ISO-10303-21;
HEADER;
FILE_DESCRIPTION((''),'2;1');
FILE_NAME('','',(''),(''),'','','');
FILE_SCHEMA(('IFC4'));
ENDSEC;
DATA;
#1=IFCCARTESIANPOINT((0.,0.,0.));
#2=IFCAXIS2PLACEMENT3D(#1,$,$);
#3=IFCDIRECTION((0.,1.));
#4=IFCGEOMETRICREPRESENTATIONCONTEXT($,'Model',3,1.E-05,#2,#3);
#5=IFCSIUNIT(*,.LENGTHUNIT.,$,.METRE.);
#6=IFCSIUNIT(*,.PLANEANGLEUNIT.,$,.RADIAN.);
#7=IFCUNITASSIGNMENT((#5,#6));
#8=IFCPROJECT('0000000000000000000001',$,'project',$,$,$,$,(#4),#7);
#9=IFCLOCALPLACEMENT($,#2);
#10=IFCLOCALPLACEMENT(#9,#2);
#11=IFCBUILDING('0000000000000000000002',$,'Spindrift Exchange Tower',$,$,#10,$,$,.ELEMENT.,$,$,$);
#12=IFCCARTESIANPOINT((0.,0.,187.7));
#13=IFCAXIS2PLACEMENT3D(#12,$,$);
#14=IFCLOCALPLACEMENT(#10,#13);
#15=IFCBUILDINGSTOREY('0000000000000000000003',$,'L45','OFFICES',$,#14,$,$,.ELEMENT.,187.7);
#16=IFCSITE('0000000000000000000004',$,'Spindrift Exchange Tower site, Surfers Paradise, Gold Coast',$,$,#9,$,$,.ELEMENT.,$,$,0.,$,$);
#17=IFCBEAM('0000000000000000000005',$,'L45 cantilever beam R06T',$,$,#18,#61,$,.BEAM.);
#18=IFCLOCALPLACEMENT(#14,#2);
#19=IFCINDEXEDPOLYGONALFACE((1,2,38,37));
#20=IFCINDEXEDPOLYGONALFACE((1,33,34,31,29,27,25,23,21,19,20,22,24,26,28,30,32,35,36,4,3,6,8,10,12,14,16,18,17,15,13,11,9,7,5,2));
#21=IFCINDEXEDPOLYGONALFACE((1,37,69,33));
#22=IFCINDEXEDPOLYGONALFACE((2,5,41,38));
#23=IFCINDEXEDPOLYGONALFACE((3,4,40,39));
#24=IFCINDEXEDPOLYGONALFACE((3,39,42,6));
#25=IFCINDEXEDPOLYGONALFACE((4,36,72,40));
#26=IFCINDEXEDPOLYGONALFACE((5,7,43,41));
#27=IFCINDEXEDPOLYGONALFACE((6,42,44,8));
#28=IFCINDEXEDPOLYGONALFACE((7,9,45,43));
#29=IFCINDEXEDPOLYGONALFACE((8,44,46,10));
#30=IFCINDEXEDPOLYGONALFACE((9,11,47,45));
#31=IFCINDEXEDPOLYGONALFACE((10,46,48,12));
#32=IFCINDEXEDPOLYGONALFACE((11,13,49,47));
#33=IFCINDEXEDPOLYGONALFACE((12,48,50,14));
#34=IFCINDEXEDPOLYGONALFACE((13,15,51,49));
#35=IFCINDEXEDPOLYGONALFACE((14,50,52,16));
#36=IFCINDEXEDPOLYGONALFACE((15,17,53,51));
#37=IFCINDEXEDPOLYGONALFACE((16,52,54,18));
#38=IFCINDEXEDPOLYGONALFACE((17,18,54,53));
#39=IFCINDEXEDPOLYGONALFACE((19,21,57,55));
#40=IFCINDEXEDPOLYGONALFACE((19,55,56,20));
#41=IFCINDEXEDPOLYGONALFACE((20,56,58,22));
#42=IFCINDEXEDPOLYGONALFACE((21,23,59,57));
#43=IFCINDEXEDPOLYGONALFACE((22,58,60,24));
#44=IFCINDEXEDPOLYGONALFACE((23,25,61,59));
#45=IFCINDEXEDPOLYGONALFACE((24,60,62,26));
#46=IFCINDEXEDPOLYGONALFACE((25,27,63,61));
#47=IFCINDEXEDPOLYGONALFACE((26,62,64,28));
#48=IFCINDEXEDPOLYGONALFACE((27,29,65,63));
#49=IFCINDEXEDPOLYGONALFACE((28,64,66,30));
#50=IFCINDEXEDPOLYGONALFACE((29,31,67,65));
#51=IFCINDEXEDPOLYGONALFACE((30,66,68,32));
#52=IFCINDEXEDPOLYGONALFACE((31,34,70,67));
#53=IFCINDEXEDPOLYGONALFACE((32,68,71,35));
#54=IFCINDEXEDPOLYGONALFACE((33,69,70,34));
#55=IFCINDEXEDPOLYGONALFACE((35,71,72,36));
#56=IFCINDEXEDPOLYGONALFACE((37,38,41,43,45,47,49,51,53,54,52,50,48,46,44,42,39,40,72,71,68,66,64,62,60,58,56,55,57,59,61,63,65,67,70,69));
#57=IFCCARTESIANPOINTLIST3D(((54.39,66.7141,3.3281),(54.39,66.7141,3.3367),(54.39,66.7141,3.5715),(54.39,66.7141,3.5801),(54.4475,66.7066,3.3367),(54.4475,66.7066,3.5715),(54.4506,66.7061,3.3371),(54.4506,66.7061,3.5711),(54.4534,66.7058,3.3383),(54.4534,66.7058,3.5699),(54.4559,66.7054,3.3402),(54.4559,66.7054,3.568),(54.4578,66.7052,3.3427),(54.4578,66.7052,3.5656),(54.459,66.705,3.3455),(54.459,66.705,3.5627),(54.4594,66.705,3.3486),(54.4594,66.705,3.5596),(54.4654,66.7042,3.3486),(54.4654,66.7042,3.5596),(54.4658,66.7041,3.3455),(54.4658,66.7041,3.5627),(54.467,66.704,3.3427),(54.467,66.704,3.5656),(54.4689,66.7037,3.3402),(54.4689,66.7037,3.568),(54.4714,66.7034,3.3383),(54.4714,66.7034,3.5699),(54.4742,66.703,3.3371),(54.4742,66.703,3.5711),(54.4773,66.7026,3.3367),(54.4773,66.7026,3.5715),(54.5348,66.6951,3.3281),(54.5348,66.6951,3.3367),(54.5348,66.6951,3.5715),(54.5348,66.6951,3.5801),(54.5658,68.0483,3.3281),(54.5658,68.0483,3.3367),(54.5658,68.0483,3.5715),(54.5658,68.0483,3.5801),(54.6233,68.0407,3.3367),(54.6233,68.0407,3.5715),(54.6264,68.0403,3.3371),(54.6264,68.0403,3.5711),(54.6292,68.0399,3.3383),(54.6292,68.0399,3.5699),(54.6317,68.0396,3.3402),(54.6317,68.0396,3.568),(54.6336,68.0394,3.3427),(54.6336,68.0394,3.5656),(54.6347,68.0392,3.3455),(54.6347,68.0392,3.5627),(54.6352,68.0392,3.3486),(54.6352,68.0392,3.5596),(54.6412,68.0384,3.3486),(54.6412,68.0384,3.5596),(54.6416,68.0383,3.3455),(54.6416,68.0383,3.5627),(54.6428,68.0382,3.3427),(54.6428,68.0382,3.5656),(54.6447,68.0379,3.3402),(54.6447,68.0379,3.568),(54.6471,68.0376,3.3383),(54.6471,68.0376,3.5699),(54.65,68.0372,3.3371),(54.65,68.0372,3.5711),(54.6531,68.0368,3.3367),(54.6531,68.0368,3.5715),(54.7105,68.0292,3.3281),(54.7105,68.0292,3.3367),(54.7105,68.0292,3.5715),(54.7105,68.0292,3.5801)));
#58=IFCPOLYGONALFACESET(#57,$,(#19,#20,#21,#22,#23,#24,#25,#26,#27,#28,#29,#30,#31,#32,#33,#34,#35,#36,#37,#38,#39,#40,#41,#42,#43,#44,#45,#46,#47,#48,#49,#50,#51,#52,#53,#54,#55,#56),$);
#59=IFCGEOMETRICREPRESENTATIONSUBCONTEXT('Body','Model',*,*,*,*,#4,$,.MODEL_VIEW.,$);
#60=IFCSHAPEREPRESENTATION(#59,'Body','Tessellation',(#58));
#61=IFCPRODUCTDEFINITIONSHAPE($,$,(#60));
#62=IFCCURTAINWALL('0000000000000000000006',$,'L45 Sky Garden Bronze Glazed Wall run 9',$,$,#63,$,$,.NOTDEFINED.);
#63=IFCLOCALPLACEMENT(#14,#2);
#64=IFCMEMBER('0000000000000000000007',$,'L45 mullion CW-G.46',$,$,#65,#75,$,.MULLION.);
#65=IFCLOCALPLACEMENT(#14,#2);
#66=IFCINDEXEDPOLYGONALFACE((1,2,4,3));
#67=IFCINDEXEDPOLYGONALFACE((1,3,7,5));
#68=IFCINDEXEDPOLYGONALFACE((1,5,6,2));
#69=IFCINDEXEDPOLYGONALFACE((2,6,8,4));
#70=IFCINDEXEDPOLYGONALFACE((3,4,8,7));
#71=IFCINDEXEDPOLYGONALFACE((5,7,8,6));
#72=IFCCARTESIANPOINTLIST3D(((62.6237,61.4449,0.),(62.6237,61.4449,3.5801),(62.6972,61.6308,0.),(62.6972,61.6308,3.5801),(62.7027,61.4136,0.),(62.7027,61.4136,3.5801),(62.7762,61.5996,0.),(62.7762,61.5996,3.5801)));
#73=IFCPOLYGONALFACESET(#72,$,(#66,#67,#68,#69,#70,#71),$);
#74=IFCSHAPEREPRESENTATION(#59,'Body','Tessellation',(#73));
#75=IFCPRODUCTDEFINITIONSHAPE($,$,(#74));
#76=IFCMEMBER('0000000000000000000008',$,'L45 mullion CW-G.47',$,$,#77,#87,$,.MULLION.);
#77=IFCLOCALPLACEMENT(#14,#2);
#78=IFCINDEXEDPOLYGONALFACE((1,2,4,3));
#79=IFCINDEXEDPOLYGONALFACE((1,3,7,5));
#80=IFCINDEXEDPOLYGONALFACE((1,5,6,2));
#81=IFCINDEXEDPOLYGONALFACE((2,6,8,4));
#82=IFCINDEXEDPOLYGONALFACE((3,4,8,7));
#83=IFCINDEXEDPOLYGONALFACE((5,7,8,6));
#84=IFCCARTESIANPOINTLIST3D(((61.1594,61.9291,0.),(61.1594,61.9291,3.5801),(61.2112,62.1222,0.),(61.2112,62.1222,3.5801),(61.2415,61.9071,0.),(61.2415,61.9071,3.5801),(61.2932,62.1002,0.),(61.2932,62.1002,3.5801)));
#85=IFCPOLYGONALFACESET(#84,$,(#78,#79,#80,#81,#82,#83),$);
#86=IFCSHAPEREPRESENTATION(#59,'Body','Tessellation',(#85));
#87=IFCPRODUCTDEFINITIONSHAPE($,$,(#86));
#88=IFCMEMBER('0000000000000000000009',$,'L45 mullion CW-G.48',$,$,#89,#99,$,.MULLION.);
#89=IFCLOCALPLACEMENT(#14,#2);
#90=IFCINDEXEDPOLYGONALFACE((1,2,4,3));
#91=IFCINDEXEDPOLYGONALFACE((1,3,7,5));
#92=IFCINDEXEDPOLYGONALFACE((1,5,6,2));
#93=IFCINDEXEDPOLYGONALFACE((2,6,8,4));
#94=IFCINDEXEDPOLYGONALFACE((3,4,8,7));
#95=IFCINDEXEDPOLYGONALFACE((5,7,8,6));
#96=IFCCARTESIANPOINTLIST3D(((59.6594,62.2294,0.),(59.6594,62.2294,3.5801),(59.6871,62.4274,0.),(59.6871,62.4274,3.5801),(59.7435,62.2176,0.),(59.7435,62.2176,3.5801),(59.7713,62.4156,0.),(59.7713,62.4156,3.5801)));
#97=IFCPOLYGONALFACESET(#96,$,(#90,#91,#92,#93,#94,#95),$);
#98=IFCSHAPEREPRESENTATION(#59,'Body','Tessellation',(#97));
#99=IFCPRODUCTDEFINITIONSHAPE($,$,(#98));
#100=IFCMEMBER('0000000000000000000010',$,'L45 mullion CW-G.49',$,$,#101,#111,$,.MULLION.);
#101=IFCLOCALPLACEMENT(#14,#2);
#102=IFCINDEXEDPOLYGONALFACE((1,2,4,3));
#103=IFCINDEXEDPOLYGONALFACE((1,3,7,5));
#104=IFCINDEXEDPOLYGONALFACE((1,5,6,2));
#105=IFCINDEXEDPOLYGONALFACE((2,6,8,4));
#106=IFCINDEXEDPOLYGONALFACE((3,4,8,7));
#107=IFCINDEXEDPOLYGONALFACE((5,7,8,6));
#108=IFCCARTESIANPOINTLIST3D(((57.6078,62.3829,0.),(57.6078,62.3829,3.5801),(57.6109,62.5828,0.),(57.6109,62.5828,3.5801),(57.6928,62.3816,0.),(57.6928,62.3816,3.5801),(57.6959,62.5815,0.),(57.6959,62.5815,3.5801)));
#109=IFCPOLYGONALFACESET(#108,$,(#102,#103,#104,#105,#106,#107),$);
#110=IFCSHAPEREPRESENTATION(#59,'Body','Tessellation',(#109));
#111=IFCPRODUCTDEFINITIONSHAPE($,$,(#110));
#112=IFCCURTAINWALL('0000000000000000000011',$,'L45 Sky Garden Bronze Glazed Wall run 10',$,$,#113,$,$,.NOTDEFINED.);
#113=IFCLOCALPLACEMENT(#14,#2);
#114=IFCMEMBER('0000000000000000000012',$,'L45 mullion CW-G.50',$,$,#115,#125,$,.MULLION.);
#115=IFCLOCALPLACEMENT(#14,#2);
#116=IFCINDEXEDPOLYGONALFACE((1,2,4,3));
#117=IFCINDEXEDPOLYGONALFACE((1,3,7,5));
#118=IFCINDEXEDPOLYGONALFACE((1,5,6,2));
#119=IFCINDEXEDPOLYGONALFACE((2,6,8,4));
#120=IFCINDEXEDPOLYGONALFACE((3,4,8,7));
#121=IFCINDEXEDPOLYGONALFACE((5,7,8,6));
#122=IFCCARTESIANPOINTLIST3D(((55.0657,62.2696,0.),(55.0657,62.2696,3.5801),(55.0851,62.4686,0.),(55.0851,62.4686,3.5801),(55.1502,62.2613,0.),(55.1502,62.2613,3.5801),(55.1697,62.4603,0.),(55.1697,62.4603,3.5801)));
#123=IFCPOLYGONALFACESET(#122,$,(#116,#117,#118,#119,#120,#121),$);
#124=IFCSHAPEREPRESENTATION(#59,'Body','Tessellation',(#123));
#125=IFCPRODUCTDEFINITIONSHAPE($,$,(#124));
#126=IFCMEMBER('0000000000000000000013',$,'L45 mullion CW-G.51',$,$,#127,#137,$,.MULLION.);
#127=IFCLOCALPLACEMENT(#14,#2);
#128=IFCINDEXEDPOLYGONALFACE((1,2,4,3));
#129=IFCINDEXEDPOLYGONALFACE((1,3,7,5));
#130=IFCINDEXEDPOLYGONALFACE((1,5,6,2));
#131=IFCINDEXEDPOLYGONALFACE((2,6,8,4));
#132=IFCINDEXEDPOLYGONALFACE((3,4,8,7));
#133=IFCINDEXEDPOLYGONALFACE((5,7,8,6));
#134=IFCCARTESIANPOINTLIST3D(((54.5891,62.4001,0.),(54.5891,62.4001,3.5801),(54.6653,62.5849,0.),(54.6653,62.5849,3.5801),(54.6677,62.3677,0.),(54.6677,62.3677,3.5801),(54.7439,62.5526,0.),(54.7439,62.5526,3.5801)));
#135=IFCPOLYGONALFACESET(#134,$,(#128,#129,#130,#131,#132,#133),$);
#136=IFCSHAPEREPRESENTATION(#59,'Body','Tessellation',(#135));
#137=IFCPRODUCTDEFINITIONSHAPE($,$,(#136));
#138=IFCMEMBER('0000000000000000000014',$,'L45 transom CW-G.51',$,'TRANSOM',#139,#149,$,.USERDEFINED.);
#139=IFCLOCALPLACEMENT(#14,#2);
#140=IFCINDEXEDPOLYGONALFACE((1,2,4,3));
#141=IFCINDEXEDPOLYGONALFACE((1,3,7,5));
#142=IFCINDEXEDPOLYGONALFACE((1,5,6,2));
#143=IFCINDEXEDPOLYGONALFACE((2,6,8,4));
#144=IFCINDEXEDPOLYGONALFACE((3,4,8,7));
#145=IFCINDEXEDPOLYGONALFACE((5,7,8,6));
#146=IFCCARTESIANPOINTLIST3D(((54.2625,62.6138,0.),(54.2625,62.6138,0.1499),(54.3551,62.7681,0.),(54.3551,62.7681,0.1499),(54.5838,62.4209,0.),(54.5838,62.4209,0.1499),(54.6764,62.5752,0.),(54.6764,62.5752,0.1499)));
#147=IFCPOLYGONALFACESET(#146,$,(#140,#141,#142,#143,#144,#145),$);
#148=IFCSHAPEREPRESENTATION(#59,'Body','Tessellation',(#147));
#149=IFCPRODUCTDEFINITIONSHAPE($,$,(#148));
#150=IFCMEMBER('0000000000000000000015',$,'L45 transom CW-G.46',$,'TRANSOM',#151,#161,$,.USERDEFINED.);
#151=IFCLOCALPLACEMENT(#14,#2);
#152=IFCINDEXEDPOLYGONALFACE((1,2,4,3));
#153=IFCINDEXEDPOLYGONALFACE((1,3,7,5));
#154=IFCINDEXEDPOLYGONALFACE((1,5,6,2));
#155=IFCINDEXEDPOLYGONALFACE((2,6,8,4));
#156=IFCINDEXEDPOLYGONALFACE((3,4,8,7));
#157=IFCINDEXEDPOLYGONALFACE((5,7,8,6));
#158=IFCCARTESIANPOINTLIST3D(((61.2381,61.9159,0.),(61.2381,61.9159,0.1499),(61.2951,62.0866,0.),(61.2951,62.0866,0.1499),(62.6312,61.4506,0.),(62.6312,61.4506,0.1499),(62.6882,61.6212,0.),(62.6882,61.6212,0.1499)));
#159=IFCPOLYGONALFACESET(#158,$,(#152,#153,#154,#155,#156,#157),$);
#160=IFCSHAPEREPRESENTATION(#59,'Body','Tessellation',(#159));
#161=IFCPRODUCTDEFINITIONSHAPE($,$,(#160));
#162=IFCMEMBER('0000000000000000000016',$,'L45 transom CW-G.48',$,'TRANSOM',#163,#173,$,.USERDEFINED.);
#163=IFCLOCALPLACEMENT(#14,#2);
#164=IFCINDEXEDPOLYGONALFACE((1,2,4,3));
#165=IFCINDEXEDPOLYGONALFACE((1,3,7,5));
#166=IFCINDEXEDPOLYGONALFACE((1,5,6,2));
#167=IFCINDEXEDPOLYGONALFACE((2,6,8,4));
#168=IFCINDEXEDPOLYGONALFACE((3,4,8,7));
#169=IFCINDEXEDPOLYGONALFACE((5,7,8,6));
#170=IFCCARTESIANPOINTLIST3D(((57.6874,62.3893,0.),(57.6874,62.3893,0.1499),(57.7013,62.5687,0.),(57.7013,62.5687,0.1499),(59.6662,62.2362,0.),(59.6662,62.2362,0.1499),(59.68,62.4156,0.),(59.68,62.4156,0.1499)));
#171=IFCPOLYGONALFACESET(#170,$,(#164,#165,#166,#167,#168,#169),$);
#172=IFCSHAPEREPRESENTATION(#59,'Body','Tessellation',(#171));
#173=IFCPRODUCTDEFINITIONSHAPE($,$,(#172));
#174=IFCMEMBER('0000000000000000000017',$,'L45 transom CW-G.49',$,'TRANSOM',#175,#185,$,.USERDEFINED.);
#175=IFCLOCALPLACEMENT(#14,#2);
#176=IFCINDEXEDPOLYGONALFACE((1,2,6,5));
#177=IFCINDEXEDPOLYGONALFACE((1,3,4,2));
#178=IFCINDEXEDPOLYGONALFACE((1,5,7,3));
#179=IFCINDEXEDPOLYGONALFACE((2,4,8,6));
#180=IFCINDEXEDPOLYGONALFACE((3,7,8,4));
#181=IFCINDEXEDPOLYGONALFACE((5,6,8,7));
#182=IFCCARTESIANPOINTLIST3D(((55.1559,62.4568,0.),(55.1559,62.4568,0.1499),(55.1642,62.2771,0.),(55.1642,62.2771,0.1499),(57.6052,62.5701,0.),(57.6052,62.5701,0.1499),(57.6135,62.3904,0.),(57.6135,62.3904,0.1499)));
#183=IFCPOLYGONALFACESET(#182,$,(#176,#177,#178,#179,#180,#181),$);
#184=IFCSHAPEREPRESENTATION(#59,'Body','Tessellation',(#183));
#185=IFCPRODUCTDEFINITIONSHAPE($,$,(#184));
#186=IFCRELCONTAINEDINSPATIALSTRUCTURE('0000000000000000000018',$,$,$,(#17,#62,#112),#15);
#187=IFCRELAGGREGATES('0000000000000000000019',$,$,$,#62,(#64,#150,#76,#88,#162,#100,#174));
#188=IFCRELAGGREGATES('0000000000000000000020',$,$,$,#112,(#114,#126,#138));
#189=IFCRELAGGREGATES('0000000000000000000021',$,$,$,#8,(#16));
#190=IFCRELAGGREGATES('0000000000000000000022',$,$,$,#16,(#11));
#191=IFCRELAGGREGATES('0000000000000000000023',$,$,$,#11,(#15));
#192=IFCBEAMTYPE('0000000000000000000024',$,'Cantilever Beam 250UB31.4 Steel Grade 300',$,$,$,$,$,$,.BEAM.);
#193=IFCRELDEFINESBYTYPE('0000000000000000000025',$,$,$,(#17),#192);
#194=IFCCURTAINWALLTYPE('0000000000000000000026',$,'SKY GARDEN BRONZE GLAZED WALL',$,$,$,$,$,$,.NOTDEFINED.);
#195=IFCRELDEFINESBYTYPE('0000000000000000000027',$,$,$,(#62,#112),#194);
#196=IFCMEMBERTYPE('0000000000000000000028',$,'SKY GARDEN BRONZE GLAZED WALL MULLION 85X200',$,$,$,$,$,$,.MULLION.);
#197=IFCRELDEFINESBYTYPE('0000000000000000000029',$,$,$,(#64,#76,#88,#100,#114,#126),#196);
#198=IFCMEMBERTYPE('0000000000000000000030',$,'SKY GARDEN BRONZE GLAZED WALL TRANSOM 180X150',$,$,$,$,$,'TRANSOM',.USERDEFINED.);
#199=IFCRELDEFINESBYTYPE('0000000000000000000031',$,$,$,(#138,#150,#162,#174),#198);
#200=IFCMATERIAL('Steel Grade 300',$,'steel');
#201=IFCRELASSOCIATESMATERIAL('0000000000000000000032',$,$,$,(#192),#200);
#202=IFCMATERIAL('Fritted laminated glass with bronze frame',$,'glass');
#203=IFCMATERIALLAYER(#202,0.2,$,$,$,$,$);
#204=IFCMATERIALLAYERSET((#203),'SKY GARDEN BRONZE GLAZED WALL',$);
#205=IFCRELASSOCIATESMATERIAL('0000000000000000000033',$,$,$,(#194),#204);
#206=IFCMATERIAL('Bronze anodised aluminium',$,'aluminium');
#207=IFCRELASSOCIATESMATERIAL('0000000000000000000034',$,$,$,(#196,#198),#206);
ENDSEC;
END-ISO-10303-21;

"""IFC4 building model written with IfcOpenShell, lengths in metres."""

from ifc_helpers import new_model, si_unit, direction, frame, origin, origin_2d, place, context, subcontext, project, spatial, rectangle, i_section, extrude, source, transform, mapped, material, layer, layer_set, material_profile, profile_set, type_object, element, aggregate, save


model = new_model("IFC4")

# Units and contexts
model_context = context("Model", 3, precision=1e-05, world=origin(), true_north=direction((0.0, 1.0)))
body_context = subcontext(model_context, "Body", "Model", "MODEL_VIEW")
ifc_project = project(units=[si_unit("LENGTHUNIT", "METRE"), si_unit("PLANEANGLEUNIT", "RADIAN")], contexts=[model_context])

# Site, building, storey
site_placement = place(None, origin())
site = spatial("IfcSite", under=ifc_project, at=site_placement, Name="Spindrift Exchange Tower site, Surfers Paradise, Gold Coast", CompositionType="ELEMENT", RefElevation=0.0)
building_placement = place(site_placement, origin())
building = spatial("IfcBuilding", under=site, at=building_placement, Name="Spindrift Exchange Tower", CompositionType="ELEMENT")
storey_placement = place(building_placement, frame((0.0, 0.0, 187.7)))
storey = spatial("IfcBuildingStorey", under=building, at=storey_placement, Name="L45", Description="OFFICES", CompositionType="ELEMENT", Elevation=187.7)

# Beam
ifc_material_1 = material(Name="Steel Grade 300", Category="steel")
ifc_material_profile_1 = material_profile(ifc_material_1, i_section(OverallWidth=0.146, OverallDepth=0.252, WebThickness=0.0061, FlangeThickness=0.0085, FilletRadius=0.012, at=origin_2d()), Name="250UB31.4")
ifc_profile_set_1 = profile_set([ifc_material_profile_1], Name="Steel Grade 300")
beam_type_1 = type_object("IfcBeamType", Name="Cantilever Beam 250UB31.4 Steel Grade 300", PredefinedType="BEAM", material=ifc_profile_set_1)
shared_shape_1 = source(origin(), body_context, "Body", "SweptSolid", [
    extrude(i_section(OverallWidth=0.146, OverallDepth=0.252, WebThickness=0.0061, FlangeThickness=0.0085, FilletRadius=0.012, at=origin_2d()), origin(), (0.0, 0.0, 1.0), 1.3457),
])
beam_1_placement = place(storey_placement, frame((54.4624, 66.7046, 3.4541), z_axis=(0.130619, 0.991433, 0.0), x_axis=(-0.991433, 0.130619, 0.0)))
element("IfcBeam", 1, at=beam_1_placement, inside=storey, type_object=beam_type_1, Name="L45 cantilever beam R06T", PredefinedType="BEAM", context=body_context, shape_type="MappedRepresentation", body=[
    mapped(shared_shape_1, transform((0.0, 0.0, 0.0), scale=1.0)),
])

# Curtain walls, members
ifc_material_2 = material(Name="Fritted laminated glass with bronze frame", Category="glass")
ifc_layer_1 = layer(ifc_material_2, 0.2)
ifc_layer_set_1 = layer_set([ifc_layer_1], Name="SKY GARDEN BRONZE GLAZED WALL")
curtain_wall_type = type_object("IfcCurtainWallType", Name="SKY GARDEN BRONZE GLAZED WALL", PredefinedType="NOTDEFINED", material=ifc_layer_set_1)
curtain_wall_1_placement = place(storey_placement, origin())
curtain_wall_1 = element("IfcCurtainWall", 2, at=curtain_wall_1_placement, inside=storey, type_object=curtain_wall_type, Name="L45 Sky Garden Bronze Glazed Wall run 9", PredefinedType="NOTDEFINED")
ifc_material_3 = material(Name="Bronze anodised aluminium", Category="aluminium")
ifc_material_profile_2 = material_profile(ifc_material_3, rectangle(XDim=0.085, YDim=0.2, at=origin_2d()), Name="SKY GARDEN BRONZE GLAZED WALL MULLION 85X200")
ifc_profile_set_2 = profile_set([ifc_material_profile_2], Name="Bronze anodised aluminium")
member_type_1 = type_object("IfcMemberType", Name="SKY GARDEN BRONZE GLAZED WALL MULLION 85X200", PredefinedType="MULLION", material=ifc_profile_set_2)
shared_shape_2 = source(origin(), body_context, "Body", "SweptSolid", [
    extrude(rectangle(XDim=0.085, YDim=0.2, at=origin_2d()), origin(), (0.0, 0.0, 1.0), 3.5801),
])
member_1_placement = place(storey_placement, frame((62.7, 61.5222, 0.0), z_axis=(0.0, 0.0, 1.0), x_axis=(-0.929925, 0.367749, 0.0)))
member_1 = element("IfcMember", 3, at=member_1_placement, type_object=member_type_1, Name="L45 mullion CW-G.46", PredefinedType="MULLION", context=body_context, shape_type="MappedRepresentation", body=[
    mapped(shared_shape_2, transform((0.0, 0.0, 0.0), scale=1.0)),
])
member_2_placement = place(storey_placement, frame((61.2263, 62.0146, 0.0), z_axis=(0.0, 0.0, 1.0), x_axis=(-0.965936, 0.25878, 0.0)))
member_2 = element("IfcMember", 4, at=member_2_placement, type_object=member_type_1, Name="L45 mullion CW-G.47", PredefinedType="MULLION", context=body_context, shape_type="MappedRepresentation", body=[
    mapped(shared_shape_2, transform((0.0, 0.0, 0.0), scale=1.0)),
])
member_3_placement = place(storey_placement, frame((59.7153, 62.3225, 0.0), z_axis=(0.0, 0.0, 1.0), x_axis=(-0.990335, 0.138695, 0.0)))
member_3 = element("IfcMember", 5, at=member_3_placement, type_object=member_type_1, Name="L45 mullion CW-G.48", PredefinedType="MULLION", context=body_context, shape_type="MappedRepresentation", body=[
    mapped(shared_shape_2, transform((0.0, 0.0, 0.0), scale=1.0)),
])
member_4_placement = place(storey_placement, frame((57.6519, 62.4822, 0.0), z_axis=(0.0, 0.0, 1.0), x_axis=(-0.99988, 0.015507, 0.0)))
member_4 = element("IfcMember", 6, at=member_4_placement, type_object=member_type_1, Name="L45 mullion CW-G.49", PredefinedType="MULLION", context=body_context, shape_type="MappedRepresentation", body=[
    mapped(shared_shape_2, transform((0.0, 0.0, 0.0), scale=1.0)),
])
curtain_wall_2_placement = place(storey_placement, origin())
curtain_wall_2 = element("IfcCurtainWall", 7, at=curtain_wall_2_placement, inside=storey, type_object=curtain_wall_type, Name="L45 Sky Garden Bronze Glazed Wall run 10", PredefinedType="NOTDEFINED")
member_5_placement = place(storey_placement, frame((55.1177, 62.365, 0.0), z_axis=(0.0, 0.0, 1.0), x_axis=(-0.995236, 0.097498, 0.0)))
member_5 = element("IfcMember", 8, at=member_5_placement, type_object=member_type_1, Name="L45 mullion CW-G.50", PredefinedType="MULLION", context=body_context, shape_type="MappedRepresentation", body=[
    mapped(shared_shape_2, transform((0.0, 0.0, 0.0), scale=1.0)),
])
member_6_placement = place(storey_placement, frame((54.6665, 62.4763, 0.0), z_axis=(0.0, 0.0, 1.0), x_axis=(-0.924519, 0.381136, 0.0)))
member_6 = element("IfcMember", 9, at=member_6_placement, type_object=member_type_1, Name="L45 mullion CW-G.51", PredefinedType="MULLION", context=body_context, shape_type="MappedRepresentation", body=[
    mapped(shared_shape_2, transform((0.0, 0.0, 0.0), scale=1.0)),
])
ifc_material_profile_3 = material_profile(ifc_material_3, rectangle(XDim=0.1799, YDim=0.1499, at=origin_2d()), Name="SKY GARDEN BRONZE GLAZED WALL TRANSOM 180X150")
ifc_profile_set_3 = profile_set([ifc_material_profile_3], Name="Bronze anodised aluminium")
member_type_2 = type_object("IfcMemberType", Name="SKY GARDEN BRONZE GLAZED WALL TRANSOM 180X150", ElementType="TRANSOM", PredefinedType="USERDEFINED", material=ifc_profile_set_3)
shared_shape_3 = source(origin(), body_context, "Body", "SweptSolid", [
    extrude(rectangle(XDim=0.1799, YDim=0.1499, at=origin_2d()), origin(), (0.0, 0.0, 1.0), 0.3748),
])
member_7_placement = place(storey_placement, frame((54.6301, 62.498, 0.075), z_axis=(-0.857378, 0.514687, 0.0), x_axis=(-0.514687, -0.857378, 0.0)))
member_7 = element("IfcMember", 10, at=member_7_placement, type_object=member_type_2, Name="L45 transom CW-G.51", ObjectType="TRANSOM", PredefinedType="USERDEFINED", context=body_context, shape_type="MappedRepresentation", body=[
    mapped(shared_shape_3, transform((0.0, 0.0, 0.0), scale=1.0)),
])

# Members
shared_shape_4 = source(origin(), body_context, "Body", "SweptSolid", [
    extrude(rectangle(XDim=0.1799, YDim=0.1499, at=origin_2d()), origin(), (0.0, 0.0, 1.0), 1.4688),
])
member_8_placement = place(storey_placement, frame((62.6597, 61.5359, 0.075), z_axis=(-0.948484, 0.316826, 0.0), x_axis=(-0.316826, -0.948484, 0.0)))
member_8 = element("IfcMember", 11, at=member_8_placement, type_object=member_type_2, Name="L45 transom CW-G.46", ObjectType="TRANSOM", PredefinedType="USERDEFINED", context=body_context, shape_type="MappedRepresentation", body=[
    mapped(shared_shape_4, transform((0.0, 0.0, 0.0), scale=1.0)),
])
shared_shape_5 = source(origin(), body_context, "Body", "SweptSolid", [
    extrude(rectangle(XDim=0.1799, YDim=0.1499, at=origin_2d()), origin(), (0.0, 0.0, 1.0), 1.9846),
])
member_9_placement = place(storey_placement, frame((59.6731, 62.3259, 0.075), z_axis=(-0.997021, 0.077129, 0.0), x_axis=(-0.077129, -0.997021, 0.0)))
member_9 = element("IfcMember", 12, at=member_9_placement, type_object=member_type_2, Name="L45 transom CW-G.48", ObjectType="TRANSOM", PredefinedType="USERDEFINED", context=body_context, shape_type="MappedRepresentation", body=[
    mapped(shared_shape_5, transform((0.0, 0.0, 0.0), scale=1.0)),
])
shared_shape_6 = source(origin(), body_context, "Body", "SweptSolid", [
    extrude(rectangle(XDim=0.1799, YDim=0.1499, at=origin_2d()), origin(), (0.0, 0.0, 1.0), 2.4519),
])
member_10_placement = place(storey_placement, frame((57.6094, 62.4802, 0.075), z_axis=(-0.998932, -0.046203, 0.0), x_axis=(0.046203, -0.998932, 0.0)))
member_10 = element("IfcMember", 13, at=member_10_placement, type_object=member_type_2, Name="L45 transom CW-G.49", ObjectType="TRANSOM", PredefinedType="USERDEFINED", context=body_context, shape_type="MappedRepresentation", body=[
    mapped(shared_shape_6, transform((0.0, 0.0, 0.0), scale=1.0)),
])

aggregate(curtain_wall_1, [member_1, member_8, member_2, member_3, member_9, member_4, member_10])
aggregate(curtain_wall_2, [member_5, member_6, member_7])

save(model, "model.ifc")
